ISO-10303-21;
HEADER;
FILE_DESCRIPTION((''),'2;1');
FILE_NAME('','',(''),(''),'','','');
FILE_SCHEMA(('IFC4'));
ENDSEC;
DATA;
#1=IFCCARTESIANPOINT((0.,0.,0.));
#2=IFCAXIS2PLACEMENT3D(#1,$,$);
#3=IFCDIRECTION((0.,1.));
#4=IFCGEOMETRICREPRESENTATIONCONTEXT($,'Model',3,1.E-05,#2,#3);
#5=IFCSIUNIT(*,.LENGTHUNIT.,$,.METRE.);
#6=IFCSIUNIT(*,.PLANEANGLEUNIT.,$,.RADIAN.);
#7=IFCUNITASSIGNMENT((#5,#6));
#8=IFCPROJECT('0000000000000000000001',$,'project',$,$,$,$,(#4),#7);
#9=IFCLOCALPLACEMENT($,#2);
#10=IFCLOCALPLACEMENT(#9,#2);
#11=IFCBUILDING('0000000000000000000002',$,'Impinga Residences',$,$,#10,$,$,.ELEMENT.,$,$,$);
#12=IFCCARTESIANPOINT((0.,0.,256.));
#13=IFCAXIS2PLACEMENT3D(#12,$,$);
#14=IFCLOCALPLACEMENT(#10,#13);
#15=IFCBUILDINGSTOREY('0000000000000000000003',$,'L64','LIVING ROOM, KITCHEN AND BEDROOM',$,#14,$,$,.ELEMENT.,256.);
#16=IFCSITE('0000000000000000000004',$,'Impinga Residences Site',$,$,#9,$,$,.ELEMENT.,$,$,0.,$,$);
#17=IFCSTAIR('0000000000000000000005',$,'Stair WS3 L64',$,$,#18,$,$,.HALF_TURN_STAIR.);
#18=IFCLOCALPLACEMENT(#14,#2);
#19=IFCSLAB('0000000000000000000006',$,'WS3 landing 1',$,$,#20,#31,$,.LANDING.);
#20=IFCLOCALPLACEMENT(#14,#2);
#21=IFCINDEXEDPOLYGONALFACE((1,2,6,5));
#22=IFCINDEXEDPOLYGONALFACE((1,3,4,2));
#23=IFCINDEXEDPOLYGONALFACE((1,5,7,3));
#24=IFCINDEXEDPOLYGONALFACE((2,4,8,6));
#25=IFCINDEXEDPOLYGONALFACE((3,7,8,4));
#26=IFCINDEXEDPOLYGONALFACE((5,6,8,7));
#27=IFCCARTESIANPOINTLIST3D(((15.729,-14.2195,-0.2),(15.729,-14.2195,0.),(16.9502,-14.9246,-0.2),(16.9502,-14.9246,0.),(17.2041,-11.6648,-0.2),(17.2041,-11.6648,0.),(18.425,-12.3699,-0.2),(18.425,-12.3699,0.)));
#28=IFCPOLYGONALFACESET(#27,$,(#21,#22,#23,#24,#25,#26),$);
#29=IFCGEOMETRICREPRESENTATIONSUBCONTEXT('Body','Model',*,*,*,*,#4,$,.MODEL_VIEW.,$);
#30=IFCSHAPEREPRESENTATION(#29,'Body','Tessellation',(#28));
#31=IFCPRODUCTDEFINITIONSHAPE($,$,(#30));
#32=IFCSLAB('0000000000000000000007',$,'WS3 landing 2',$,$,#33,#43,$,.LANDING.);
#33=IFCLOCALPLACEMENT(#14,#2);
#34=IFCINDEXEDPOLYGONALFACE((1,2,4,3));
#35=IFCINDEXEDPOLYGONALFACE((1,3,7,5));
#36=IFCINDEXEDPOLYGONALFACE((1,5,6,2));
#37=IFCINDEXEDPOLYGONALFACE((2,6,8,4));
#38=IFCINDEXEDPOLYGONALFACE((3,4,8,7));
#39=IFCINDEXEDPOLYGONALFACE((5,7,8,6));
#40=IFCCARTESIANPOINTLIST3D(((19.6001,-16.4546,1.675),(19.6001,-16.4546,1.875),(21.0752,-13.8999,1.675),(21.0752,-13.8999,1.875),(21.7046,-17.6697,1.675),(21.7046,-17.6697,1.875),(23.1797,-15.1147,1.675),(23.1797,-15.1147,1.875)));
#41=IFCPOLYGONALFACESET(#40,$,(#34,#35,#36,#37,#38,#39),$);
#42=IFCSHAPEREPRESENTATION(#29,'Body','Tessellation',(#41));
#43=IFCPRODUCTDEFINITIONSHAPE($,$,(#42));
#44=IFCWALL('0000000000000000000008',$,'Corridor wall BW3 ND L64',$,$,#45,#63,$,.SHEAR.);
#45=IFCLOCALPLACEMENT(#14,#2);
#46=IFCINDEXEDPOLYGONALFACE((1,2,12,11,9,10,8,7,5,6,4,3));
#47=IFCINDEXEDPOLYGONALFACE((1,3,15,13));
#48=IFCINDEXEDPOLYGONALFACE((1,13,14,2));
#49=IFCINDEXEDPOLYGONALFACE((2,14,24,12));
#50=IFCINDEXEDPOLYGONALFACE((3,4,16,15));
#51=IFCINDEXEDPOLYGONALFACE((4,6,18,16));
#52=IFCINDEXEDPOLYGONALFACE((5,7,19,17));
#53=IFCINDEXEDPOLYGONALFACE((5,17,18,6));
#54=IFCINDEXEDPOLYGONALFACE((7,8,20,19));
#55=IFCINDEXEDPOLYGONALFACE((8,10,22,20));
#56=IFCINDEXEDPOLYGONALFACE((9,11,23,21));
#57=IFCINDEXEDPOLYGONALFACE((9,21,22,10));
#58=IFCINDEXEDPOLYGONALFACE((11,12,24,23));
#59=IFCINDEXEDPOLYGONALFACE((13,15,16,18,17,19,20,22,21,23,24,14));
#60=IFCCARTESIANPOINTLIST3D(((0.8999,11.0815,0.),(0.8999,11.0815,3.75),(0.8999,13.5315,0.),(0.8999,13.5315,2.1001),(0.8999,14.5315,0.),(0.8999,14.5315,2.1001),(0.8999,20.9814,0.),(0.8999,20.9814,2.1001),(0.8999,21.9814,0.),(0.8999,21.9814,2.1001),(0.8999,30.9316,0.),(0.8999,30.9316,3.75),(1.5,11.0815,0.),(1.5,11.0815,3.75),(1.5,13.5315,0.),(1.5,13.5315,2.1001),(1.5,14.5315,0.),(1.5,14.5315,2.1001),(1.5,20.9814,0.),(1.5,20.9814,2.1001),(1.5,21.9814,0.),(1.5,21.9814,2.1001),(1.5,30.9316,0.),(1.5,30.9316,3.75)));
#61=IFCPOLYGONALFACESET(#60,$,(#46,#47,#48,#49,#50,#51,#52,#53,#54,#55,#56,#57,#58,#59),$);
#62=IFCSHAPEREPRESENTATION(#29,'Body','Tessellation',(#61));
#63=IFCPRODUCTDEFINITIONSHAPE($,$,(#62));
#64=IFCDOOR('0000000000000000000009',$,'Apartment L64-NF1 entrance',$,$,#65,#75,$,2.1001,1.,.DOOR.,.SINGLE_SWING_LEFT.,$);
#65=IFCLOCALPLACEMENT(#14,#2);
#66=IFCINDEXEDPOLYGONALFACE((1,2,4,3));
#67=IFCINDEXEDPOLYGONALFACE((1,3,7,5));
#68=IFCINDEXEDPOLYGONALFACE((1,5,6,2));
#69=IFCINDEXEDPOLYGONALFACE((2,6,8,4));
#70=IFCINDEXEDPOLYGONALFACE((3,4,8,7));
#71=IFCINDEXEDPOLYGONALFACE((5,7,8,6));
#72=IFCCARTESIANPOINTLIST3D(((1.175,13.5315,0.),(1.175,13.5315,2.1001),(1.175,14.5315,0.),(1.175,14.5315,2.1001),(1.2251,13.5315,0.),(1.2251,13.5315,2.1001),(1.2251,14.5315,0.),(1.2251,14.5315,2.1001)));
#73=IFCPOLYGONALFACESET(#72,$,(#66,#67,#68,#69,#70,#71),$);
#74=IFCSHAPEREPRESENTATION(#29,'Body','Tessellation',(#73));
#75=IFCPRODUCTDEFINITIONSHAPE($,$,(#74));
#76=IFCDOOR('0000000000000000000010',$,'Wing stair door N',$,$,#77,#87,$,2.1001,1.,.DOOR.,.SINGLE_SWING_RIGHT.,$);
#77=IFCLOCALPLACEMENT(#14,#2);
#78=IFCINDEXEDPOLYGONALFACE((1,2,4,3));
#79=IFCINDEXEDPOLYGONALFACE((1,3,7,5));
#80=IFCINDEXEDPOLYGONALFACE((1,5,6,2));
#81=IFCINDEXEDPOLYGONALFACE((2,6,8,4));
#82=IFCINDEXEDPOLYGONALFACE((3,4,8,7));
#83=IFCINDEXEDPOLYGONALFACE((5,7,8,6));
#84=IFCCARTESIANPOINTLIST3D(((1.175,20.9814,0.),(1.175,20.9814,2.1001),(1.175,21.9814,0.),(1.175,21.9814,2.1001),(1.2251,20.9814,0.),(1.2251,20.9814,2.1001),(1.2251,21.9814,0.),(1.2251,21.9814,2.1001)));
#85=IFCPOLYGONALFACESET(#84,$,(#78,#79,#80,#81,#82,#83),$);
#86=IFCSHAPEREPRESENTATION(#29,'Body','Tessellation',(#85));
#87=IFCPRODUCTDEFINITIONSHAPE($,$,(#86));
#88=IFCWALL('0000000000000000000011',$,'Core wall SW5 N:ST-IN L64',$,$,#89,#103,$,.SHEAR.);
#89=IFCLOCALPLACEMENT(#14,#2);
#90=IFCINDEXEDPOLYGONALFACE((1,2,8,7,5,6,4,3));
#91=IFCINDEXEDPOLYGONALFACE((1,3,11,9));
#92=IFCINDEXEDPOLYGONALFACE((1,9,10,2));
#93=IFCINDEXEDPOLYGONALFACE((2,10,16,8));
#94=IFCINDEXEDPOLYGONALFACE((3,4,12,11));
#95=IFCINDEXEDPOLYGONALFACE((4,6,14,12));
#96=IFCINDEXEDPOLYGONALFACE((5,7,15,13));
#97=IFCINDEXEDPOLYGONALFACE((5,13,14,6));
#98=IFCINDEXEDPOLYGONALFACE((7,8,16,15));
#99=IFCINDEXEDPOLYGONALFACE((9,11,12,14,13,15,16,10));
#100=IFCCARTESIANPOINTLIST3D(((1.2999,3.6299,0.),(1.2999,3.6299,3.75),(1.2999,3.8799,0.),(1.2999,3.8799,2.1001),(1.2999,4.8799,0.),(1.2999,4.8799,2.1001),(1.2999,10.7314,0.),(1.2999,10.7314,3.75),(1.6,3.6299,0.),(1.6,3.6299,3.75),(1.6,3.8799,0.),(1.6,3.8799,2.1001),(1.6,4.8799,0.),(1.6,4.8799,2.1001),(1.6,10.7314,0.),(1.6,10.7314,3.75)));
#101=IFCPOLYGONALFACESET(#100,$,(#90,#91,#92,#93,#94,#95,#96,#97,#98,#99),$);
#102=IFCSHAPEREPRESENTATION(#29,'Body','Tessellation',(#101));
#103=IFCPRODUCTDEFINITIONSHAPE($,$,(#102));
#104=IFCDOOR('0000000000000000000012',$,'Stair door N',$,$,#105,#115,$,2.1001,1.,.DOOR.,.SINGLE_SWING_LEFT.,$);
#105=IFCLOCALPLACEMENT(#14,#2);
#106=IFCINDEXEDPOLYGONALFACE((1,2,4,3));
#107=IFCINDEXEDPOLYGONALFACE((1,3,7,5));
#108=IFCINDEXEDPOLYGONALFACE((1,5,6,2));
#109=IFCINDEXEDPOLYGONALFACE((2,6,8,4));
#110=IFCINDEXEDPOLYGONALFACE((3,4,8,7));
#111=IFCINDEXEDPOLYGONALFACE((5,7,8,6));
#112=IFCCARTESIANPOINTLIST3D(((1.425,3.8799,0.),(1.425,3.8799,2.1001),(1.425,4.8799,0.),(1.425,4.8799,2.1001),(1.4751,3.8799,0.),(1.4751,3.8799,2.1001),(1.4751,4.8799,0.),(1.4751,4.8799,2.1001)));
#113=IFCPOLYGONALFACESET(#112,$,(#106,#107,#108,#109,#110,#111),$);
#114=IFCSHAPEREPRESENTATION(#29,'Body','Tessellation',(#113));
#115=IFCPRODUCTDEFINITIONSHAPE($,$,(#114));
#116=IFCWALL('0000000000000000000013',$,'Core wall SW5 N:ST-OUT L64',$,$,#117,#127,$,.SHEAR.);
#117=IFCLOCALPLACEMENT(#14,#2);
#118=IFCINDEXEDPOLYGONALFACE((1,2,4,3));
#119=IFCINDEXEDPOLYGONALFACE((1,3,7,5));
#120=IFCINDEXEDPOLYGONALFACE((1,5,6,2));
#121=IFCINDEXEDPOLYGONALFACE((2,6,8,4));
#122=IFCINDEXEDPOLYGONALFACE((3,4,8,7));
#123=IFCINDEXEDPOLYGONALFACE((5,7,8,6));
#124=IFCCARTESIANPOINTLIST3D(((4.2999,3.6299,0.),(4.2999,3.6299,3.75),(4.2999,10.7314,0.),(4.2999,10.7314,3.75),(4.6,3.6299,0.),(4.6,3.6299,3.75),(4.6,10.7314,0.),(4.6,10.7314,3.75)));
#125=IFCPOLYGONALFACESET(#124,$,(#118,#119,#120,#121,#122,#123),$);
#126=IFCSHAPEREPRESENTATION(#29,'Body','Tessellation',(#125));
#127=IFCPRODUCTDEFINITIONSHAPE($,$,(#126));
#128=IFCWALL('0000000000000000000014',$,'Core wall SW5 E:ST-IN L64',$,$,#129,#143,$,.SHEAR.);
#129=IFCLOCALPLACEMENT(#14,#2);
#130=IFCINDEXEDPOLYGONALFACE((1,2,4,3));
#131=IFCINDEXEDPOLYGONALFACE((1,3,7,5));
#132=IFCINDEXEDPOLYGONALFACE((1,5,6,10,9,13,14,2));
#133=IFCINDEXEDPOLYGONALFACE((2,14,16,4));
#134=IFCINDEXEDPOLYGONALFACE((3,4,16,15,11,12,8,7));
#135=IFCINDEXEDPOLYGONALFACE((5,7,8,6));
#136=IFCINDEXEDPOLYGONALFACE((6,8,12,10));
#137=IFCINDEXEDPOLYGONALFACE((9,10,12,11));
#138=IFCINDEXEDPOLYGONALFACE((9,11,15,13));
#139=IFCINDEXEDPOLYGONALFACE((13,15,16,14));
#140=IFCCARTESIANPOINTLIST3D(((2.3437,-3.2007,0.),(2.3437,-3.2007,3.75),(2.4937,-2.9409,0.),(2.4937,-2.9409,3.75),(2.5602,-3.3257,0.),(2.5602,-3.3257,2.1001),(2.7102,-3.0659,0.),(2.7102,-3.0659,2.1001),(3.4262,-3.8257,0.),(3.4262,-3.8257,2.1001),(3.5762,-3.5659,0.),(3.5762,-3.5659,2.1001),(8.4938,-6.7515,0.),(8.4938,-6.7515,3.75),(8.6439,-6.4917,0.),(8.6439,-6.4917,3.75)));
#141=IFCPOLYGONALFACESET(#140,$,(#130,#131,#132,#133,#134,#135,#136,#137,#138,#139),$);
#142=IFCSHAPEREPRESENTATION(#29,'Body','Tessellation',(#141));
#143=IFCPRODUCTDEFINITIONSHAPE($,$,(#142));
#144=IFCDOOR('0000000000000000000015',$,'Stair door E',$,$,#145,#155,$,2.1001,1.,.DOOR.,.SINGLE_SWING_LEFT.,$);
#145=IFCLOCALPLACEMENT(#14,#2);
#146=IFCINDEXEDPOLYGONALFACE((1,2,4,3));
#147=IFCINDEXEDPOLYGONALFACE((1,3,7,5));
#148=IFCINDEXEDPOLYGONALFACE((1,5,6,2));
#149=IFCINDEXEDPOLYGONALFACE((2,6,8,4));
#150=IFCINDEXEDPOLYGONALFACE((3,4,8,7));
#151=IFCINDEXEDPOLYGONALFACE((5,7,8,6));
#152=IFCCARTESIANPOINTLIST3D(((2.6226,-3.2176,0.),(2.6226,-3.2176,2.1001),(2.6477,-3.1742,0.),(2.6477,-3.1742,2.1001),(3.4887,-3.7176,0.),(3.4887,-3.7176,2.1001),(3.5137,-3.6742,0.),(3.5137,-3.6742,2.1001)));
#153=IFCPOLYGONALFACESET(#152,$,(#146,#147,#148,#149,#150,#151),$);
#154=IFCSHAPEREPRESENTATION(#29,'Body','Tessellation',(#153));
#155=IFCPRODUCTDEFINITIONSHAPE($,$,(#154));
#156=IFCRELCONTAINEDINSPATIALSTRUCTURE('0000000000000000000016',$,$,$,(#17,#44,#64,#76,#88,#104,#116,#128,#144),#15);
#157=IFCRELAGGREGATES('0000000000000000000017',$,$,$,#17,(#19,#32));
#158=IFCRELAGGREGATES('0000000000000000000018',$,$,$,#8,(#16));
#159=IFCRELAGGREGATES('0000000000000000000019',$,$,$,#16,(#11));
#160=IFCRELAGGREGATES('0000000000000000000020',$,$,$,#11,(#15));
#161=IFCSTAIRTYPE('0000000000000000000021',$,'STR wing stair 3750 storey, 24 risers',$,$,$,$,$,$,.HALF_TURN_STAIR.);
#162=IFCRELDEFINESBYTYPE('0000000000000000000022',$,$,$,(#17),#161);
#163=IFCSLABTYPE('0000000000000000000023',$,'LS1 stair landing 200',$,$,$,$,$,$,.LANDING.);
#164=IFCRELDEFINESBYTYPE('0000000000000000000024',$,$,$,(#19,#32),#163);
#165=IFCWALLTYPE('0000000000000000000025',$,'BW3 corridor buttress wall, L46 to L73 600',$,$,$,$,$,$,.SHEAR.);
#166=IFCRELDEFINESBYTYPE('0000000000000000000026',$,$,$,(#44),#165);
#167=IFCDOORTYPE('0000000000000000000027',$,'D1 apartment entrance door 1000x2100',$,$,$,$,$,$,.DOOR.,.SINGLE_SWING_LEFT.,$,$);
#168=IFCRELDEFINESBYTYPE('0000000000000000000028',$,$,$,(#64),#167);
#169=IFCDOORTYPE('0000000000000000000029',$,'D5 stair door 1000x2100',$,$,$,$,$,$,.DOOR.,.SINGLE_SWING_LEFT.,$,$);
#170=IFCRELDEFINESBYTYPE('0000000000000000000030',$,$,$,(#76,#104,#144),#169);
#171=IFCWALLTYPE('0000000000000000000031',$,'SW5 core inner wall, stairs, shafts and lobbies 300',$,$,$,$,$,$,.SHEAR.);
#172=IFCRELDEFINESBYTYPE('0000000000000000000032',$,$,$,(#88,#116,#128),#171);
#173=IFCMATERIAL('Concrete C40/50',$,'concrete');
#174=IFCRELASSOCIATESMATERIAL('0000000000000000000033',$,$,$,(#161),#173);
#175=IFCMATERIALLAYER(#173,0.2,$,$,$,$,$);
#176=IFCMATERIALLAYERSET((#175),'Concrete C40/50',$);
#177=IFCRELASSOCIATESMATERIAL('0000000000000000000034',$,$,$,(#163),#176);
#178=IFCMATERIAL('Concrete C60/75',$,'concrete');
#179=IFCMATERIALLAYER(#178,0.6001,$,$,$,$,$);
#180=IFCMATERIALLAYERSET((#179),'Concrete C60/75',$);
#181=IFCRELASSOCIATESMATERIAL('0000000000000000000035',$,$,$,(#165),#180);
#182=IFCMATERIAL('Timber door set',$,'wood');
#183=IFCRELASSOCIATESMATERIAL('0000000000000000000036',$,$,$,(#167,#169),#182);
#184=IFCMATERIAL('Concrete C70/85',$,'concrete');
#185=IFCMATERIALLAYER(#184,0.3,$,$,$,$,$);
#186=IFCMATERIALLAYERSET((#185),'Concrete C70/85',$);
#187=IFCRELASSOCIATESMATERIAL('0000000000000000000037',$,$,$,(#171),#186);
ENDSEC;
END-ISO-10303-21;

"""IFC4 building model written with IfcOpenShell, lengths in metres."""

from ifc_helpers import new_model, si_unit, direction, frame, frame_2d, origin, place, context, subcontext, project, spatial, polyline, rectangle, outline, extrude, material, layer, layer_set, type_object, element, fill, aggregate, save


model = new_model("IFC4")

# Units and contexts
model_context = context("Model", 3, precision=1e-05, world=origin(), true_north=direction((0.0, 1.0)))
body_context = subcontext(model_context, "Body", "Model", "MODEL_VIEW")
ifc_project = project(units=[si_unit("LENGTHUNIT", "METRE"), si_unit("PLANEANGLEUNIT", "RADIAN")], contexts=[model_context])

# Site, building, storey
site_placement = place(None, origin())
site = spatial("IfcSite", under=ifc_project, at=site_placement, Name="Impinga Residences Site", CompositionType="ELEMENT", RefElevation=0.0)
building_placement = place(site_placement, origin())
building = spatial("IfcBuilding", under=site, at=building_placement, Name="Impinga Residences", CompositionType="ELEMENT")
storey_placement = place(building_placement, frame((0.0, 0.0, 256.0)))
storey = spatial("IfcBuildingStorey", under=building, at=storey_placement, Name="L64", Description="LIVING ROOM, KITCHEN AND BEDROOM", CompositionType="ELEMENT", Elevation=256.0)

# Stair, slabs
ifc_material_1 = material(Name="Concrete C40/50", Category="concrete")
stair_type_1 = type_object("IfcStairType", Name="STR wing stair 3750 storey, 24 risers", PredefinedType="HALF_TURN_STAIR", material=ifc_material_1)
stair_1_placement = place(storey_placement, origin())
stair_1 = element("IfcStair", 1, at=stair_1_placement, inside=storey, type_object=stair_type_1, Name="Stair WS3 L64", PredefinedType="HALF_TURN_STAIR")
ifc_layer_1 = layer(ifc_material_1, 0.2)
ifc_layer_set_1 = layer_set([ifc_layer_1], Name="Concrete C40/50")
slab_type = type_object("IfcSlabType", Name="LS1 stair landing 200", PredefinedType="LANDING", material=ifc_layer_set_1)
slab_1_placement = place(storey_placement, frame((0.0, 0.0, -0.2)))
slab_1 = element("IfcSlab", 2, at=slab_1_placement, type_object=slab_type, Name="WS3 landing 1", PredefinedType="LANDING", context=body_context, shape_type="SweptSolid", body=[
    extrude(outline(polyline([(17.2041, -11.6648), (15.729, -14.2195), (16.9502, -14.9246), (18.425, -12.3699), (17.2041, -11.6648)])), origin(), (0.0, 0.0, 1.0), 0.2),
])
slab_2_placement = place(storey_placement, frame((0.0, 0.0, 1.675)))
slab_2 = element("IfcSlab", 3, at=slab_2_placement, type_object=slab_type, Name="WS3 landing 2", PredefinedType="LANDING", context=body_context, shape_type="SweptSolid", body=[
    extrude(outline(polyline([(21.0752, -13.8999), (19.6001, -16.4546), (21.7046, -17.6697), (23.1797, -15.1147), (21.0752, -13.8999)])), origin(), (0.0, 0.0, 1.0), 0.2),
])
aggregate(stair_1, [slab_1, slab_2])

# Wall, openings, doors
ifc_material_2 = material(Name="Concrete C60/75", Category="concrete")
ifc_layer_2 = layer(ifc_material_2, 0.6001)
ifc_layer_set_2 = layer_set([ifc_layer_2], Name="Concrete C60/75")
wall_type_1 = type_object("IfcWallType", Name="BW3 corridor buttress wall, L46 to L73 600", PredefinedType="SHEAR", material=ifc_layer_set_2)
wall_1_placement = place(storey_placement, frame((1.2, 11.0815, 0.0), z_axis=(0.0, 0.0, 1.0), x_axis=(0.0, 1.0, 0.0)))
wall_1 = element("IfcWall", 4, at=wall_1_placement, inside=storey, type_object=wall_type_1, Name="Corridor wall BW3 ND L64", PredefinedType="SHEAR", context=body_context, shape_type="SweptSolid", body=[
    extrude(rectangle(XDim=19.8501, YDim=0.6001, at=frame_2d((9.925, 0.0))), origin(), (0.0, 0.0, 1.0), 3.75),
])
opening_1_placement = place(wall_1_placement, frame((9.8999, 0.0, 0.0)))
opening_1 = element("IfcOpeningElement", 5, at=opening_1_placement, cuts=wall_1, PredefinedType="OPENING", context=body_context, shape_type="SweptSolid", body=[
    extrude(rectangle(XDim=1.0, YDim=2.1001, at=frame_2d((0.5, 1.05))), frame((0.0, 0.3101, 0.0), z_axis=(0.0, -1.0, 0.0), x_axis=(1.0, 0.0, 0.0)), (0.0, 0.0, 1.0), 0.6201),
])
opening_2_placement = place(wall_1_placement, frame((2.45, 0.0, 0.0)))
opening_2 = element("IfcOpeningElement", 6, at=opening_2_placement, cuts=wall_1, PredefinedType="OPENING", context=body_context, shape_type="SweptSolid", body=[
    extrude(rectangle(XDim=1.0, YDim=2.1001, at=frame_2d((0.5, 1.05))), frame((0.0, 0.3101, 0.0), z_axis=(0.0, -1.0, 0.0), x_axis=(1.0, 0.0, 0.0)), (0.0, 0.0, 1.0), 0.6201),
])
ifc_material_3 = material(Name="Timber door set", Category="wood")
door_type_1 = type_object("IfcDoorType", Name="D1 apartment entrance door 1000x2100", OperationType="SINGLE_SWING_LEFT", PredefinedType="DOOR", material=ifc_material_3)
door_1_placement = place(opening_2_placement, origin())
door_1 = element("IfcDoor", 7, at=door_1_placement, inside=storey, type_object=door_type_1, Name="Apartment L64-NF1 entrance", OperationType="SINGLE_SWING_LEFT", OverallHeight=2.1001, OverallWidth=1.0, PredefinedType="DOOR", context=body_context, shape_type="SweptSolid", body=[
    extrude(rectangle(XDim=1.0, YDim=2.1001, at=frame_2d((0.5, 1.05))), frame((0.0, 0.0249, 0.0), z_axis=(0.0, -1.0, 0.0), x_axis=(1.0, 0.0, 0.0)), (0.0, 0.0, 1.0), 0.05),
])
fill(opening_2, door_1)
door_type_2 = type_object("IfcDoorType", Name="D5 stair door 1000x2100", OperationType="SINGLE_SWING_LEFT", PredefinedType="DOOR", material=ifc_material_3)
door_2_placement = place(opening_1_placement, origin())
door_2 = element("IfcDoor", 8, at=door_2_placement, inside=storey, type_object=door_type_2, Name="Wing stair door N", OperationType="SINGLE_SWING_RIGHT", OverallHeight=2.1001, OverallWidth=1.0, PredefinedType="DOOR", context=body_context, shape_type="SweptSolid", body=[
    extrude(rectangle(XDim=1.0, YDim=2.1001, at=frame_2d((0.5, 1.05))), frame((0.0, 0.0249, 0.0), z_axis=(0.0, -1.0, 0.0), x_axis=(1.0, 0.0, 0.0)), (0.0, 0.0, 1.0), 0.05),
])
fill(opening_1, door_2)

# Wall, opening, door
ifc_material_4 = material(Name="Concrete C70/85", Category="concrete")
ifc_layer_3 = layer(ifc_material_4, 0.3)
ifc_layer_set_3 = layer_set([ifc_layer_3], Name="Concrete C70/85")
wall_type_2 = type_object("IfcWallType", Name="SW5 core inner wall, stairs, shafts and lobbies 300", PredefinedType="SHEAR", material=ifc_layer_set_3)
wall_2_placement = place(storey_placement, frame((1.45, 3.6299, 0.0), z_axis=(0.0, 0.0, 1.0), x_axis=(0.0, 1.0, 0.0)))
wall_2 = element("IfcWall", 9, at=wall_2_placement, inside=storey, type_object=wall_type_2, Name="Core wall SW5 N:ST-IN L64", PredefinedType="SHEAR", context=body_context, shape_type="SweptSolid", body=[
    extrude(rectangle(XDim=7.1016, YDim=0.3, at=frame_2d((3.5508, 0.0))), origin(), (0.0, 0.0, 1.0), 3.75),
])
opening_3_placement = place(wall_2_placement, frame((0.25, 0.0, 0.0)))
opening_3 = element("IfcOpeningElement", 10, at=opening_3_placement, cuts=wall_2, PredefinedType="OPENING", context=body_context, shape_type="SweptSolid", body=[
    extrude(rectangle(XDim=1.0, YDim=2.1001, at=frame_2d((0.5, 1.05))), frame((0.0, 0.1599, 0.0), z_axis=(0.0, -1.0, 0.0), x_axis=(1.0, 0.0, 0.0)), (0.0, 0.0, 1.0), 0.3201),
])
door_3_placement = place(opening_3_placement, origin())
door_3 = element("IfcDoor", 11, at=door_3_placement, inside=storey, type_object=door_type_2, Name="Stair door N", OperationType="SINGLE_SWING_LEFT", OverallHeight=2.1001, OverallWidth=1.0, PredefinedType="DOOR", context=body_context, shape_type="SweptSolid", body=[
    extrude(rectangle(XDim=1.0, YDim=2.1001, at=frame_2d((0.5, 1.05))), frame((0.0, 0.0249, 0.0), z_axis=(0.0, -1.0, 0.0), x_axis=(1.0, 0.0, 0.0)), (0.0, 0.0, 1.0), 0.05),
])
fill(opening_3, door_3)

# Wall
wall_3_placement = place(storey_placement, frame((4.45, 3.6299, 0.0), z_axis=(0.0, 0.0, 1.0), x_axis=(0.0, 1.0, 0.0)))
element("IfcWall", 12, at=wall_3_placement, inside=storey, type_object=wall_type_2, Name="Core wall SW5 N:ST-OUT L64", PredefinedType="SHEAR", context=body_context, shape_type="SweptSolid", body=[
    extrude(rectangle(XDim=7.1016, YDim=0.3, at=frame_2d((3.5508, 0.0))), origin(), (0.0, 0.0, 1.0), 3.75),
])

# Wall, opening, door
wall_4_placement = place(storey_placement, frame((2.4187, -3.0708, 0.0), z_axis=(0.0, 0.0, 1.0), x_axis=(0.866026, -0.499999, 0.0)))
wall_4 = element("IfcWall", 13, at=wall_4_placement, inside=storey, type_object=wall_type_2, Name="Core wall SW5 E:ST-IN L64", PredefinedType="SHEAR", context=body_context, shape_type="SweptSolid", body=[
    extrude(rectangle(XDim=7.1016, YDim=0.3, at=frame_2d((3.5508, 0.0))), origin(), (0.0, 0.0, 1.0), 3.75),
])
opening_4_placement = place(wall_4_placement, frame((0.25, 0.0, 0.0)))
opening_4 = element("IfcOpeningElement", 14, at=opening_4_placement, cuts=wall_4, PredefinedType="OPENING", context=body_context, shape_type="SweptSolid", body=[
    extrude(rectangle(XDim=1.0, YDim=2.1001, at=frame_2d((0.5, 1.05))), frame((0.0, 0.1599, 0.0), z_axis=(0.0, -1.0, 0.0), x_axis=(1.0, 0.0, 0.0)), (0.0, 0.0, 1.0), 0.3201),
])
door_4_placement = place(opening_4_placement, origin())
door_4 = element("IfcDoor", 15, at=door_4_placement, inside=storey, type_object=door_type_2, Name="Stair door E", OperationType="SINGLE_SWING_LEFT", OverallHeight=2.1001, OverallWidth=1.0, PredefinedType="DOOR", context=body_context, shape_type="SweptSolid", body=[
    extrude(rectangle(XDim=1.0, YDim=2.1001, at=frame_2d((0.5, 1.05))), frame((0.0, 0.0249, 0.0), z_axis=(0.0, -1.0, 0.0), x_axis=(1.0, 0.0, 0.0)), (0.0, 0.0, 1.0), 0.05),
])
fill(opening_4, door_4)

save(model, "model.ifc")
